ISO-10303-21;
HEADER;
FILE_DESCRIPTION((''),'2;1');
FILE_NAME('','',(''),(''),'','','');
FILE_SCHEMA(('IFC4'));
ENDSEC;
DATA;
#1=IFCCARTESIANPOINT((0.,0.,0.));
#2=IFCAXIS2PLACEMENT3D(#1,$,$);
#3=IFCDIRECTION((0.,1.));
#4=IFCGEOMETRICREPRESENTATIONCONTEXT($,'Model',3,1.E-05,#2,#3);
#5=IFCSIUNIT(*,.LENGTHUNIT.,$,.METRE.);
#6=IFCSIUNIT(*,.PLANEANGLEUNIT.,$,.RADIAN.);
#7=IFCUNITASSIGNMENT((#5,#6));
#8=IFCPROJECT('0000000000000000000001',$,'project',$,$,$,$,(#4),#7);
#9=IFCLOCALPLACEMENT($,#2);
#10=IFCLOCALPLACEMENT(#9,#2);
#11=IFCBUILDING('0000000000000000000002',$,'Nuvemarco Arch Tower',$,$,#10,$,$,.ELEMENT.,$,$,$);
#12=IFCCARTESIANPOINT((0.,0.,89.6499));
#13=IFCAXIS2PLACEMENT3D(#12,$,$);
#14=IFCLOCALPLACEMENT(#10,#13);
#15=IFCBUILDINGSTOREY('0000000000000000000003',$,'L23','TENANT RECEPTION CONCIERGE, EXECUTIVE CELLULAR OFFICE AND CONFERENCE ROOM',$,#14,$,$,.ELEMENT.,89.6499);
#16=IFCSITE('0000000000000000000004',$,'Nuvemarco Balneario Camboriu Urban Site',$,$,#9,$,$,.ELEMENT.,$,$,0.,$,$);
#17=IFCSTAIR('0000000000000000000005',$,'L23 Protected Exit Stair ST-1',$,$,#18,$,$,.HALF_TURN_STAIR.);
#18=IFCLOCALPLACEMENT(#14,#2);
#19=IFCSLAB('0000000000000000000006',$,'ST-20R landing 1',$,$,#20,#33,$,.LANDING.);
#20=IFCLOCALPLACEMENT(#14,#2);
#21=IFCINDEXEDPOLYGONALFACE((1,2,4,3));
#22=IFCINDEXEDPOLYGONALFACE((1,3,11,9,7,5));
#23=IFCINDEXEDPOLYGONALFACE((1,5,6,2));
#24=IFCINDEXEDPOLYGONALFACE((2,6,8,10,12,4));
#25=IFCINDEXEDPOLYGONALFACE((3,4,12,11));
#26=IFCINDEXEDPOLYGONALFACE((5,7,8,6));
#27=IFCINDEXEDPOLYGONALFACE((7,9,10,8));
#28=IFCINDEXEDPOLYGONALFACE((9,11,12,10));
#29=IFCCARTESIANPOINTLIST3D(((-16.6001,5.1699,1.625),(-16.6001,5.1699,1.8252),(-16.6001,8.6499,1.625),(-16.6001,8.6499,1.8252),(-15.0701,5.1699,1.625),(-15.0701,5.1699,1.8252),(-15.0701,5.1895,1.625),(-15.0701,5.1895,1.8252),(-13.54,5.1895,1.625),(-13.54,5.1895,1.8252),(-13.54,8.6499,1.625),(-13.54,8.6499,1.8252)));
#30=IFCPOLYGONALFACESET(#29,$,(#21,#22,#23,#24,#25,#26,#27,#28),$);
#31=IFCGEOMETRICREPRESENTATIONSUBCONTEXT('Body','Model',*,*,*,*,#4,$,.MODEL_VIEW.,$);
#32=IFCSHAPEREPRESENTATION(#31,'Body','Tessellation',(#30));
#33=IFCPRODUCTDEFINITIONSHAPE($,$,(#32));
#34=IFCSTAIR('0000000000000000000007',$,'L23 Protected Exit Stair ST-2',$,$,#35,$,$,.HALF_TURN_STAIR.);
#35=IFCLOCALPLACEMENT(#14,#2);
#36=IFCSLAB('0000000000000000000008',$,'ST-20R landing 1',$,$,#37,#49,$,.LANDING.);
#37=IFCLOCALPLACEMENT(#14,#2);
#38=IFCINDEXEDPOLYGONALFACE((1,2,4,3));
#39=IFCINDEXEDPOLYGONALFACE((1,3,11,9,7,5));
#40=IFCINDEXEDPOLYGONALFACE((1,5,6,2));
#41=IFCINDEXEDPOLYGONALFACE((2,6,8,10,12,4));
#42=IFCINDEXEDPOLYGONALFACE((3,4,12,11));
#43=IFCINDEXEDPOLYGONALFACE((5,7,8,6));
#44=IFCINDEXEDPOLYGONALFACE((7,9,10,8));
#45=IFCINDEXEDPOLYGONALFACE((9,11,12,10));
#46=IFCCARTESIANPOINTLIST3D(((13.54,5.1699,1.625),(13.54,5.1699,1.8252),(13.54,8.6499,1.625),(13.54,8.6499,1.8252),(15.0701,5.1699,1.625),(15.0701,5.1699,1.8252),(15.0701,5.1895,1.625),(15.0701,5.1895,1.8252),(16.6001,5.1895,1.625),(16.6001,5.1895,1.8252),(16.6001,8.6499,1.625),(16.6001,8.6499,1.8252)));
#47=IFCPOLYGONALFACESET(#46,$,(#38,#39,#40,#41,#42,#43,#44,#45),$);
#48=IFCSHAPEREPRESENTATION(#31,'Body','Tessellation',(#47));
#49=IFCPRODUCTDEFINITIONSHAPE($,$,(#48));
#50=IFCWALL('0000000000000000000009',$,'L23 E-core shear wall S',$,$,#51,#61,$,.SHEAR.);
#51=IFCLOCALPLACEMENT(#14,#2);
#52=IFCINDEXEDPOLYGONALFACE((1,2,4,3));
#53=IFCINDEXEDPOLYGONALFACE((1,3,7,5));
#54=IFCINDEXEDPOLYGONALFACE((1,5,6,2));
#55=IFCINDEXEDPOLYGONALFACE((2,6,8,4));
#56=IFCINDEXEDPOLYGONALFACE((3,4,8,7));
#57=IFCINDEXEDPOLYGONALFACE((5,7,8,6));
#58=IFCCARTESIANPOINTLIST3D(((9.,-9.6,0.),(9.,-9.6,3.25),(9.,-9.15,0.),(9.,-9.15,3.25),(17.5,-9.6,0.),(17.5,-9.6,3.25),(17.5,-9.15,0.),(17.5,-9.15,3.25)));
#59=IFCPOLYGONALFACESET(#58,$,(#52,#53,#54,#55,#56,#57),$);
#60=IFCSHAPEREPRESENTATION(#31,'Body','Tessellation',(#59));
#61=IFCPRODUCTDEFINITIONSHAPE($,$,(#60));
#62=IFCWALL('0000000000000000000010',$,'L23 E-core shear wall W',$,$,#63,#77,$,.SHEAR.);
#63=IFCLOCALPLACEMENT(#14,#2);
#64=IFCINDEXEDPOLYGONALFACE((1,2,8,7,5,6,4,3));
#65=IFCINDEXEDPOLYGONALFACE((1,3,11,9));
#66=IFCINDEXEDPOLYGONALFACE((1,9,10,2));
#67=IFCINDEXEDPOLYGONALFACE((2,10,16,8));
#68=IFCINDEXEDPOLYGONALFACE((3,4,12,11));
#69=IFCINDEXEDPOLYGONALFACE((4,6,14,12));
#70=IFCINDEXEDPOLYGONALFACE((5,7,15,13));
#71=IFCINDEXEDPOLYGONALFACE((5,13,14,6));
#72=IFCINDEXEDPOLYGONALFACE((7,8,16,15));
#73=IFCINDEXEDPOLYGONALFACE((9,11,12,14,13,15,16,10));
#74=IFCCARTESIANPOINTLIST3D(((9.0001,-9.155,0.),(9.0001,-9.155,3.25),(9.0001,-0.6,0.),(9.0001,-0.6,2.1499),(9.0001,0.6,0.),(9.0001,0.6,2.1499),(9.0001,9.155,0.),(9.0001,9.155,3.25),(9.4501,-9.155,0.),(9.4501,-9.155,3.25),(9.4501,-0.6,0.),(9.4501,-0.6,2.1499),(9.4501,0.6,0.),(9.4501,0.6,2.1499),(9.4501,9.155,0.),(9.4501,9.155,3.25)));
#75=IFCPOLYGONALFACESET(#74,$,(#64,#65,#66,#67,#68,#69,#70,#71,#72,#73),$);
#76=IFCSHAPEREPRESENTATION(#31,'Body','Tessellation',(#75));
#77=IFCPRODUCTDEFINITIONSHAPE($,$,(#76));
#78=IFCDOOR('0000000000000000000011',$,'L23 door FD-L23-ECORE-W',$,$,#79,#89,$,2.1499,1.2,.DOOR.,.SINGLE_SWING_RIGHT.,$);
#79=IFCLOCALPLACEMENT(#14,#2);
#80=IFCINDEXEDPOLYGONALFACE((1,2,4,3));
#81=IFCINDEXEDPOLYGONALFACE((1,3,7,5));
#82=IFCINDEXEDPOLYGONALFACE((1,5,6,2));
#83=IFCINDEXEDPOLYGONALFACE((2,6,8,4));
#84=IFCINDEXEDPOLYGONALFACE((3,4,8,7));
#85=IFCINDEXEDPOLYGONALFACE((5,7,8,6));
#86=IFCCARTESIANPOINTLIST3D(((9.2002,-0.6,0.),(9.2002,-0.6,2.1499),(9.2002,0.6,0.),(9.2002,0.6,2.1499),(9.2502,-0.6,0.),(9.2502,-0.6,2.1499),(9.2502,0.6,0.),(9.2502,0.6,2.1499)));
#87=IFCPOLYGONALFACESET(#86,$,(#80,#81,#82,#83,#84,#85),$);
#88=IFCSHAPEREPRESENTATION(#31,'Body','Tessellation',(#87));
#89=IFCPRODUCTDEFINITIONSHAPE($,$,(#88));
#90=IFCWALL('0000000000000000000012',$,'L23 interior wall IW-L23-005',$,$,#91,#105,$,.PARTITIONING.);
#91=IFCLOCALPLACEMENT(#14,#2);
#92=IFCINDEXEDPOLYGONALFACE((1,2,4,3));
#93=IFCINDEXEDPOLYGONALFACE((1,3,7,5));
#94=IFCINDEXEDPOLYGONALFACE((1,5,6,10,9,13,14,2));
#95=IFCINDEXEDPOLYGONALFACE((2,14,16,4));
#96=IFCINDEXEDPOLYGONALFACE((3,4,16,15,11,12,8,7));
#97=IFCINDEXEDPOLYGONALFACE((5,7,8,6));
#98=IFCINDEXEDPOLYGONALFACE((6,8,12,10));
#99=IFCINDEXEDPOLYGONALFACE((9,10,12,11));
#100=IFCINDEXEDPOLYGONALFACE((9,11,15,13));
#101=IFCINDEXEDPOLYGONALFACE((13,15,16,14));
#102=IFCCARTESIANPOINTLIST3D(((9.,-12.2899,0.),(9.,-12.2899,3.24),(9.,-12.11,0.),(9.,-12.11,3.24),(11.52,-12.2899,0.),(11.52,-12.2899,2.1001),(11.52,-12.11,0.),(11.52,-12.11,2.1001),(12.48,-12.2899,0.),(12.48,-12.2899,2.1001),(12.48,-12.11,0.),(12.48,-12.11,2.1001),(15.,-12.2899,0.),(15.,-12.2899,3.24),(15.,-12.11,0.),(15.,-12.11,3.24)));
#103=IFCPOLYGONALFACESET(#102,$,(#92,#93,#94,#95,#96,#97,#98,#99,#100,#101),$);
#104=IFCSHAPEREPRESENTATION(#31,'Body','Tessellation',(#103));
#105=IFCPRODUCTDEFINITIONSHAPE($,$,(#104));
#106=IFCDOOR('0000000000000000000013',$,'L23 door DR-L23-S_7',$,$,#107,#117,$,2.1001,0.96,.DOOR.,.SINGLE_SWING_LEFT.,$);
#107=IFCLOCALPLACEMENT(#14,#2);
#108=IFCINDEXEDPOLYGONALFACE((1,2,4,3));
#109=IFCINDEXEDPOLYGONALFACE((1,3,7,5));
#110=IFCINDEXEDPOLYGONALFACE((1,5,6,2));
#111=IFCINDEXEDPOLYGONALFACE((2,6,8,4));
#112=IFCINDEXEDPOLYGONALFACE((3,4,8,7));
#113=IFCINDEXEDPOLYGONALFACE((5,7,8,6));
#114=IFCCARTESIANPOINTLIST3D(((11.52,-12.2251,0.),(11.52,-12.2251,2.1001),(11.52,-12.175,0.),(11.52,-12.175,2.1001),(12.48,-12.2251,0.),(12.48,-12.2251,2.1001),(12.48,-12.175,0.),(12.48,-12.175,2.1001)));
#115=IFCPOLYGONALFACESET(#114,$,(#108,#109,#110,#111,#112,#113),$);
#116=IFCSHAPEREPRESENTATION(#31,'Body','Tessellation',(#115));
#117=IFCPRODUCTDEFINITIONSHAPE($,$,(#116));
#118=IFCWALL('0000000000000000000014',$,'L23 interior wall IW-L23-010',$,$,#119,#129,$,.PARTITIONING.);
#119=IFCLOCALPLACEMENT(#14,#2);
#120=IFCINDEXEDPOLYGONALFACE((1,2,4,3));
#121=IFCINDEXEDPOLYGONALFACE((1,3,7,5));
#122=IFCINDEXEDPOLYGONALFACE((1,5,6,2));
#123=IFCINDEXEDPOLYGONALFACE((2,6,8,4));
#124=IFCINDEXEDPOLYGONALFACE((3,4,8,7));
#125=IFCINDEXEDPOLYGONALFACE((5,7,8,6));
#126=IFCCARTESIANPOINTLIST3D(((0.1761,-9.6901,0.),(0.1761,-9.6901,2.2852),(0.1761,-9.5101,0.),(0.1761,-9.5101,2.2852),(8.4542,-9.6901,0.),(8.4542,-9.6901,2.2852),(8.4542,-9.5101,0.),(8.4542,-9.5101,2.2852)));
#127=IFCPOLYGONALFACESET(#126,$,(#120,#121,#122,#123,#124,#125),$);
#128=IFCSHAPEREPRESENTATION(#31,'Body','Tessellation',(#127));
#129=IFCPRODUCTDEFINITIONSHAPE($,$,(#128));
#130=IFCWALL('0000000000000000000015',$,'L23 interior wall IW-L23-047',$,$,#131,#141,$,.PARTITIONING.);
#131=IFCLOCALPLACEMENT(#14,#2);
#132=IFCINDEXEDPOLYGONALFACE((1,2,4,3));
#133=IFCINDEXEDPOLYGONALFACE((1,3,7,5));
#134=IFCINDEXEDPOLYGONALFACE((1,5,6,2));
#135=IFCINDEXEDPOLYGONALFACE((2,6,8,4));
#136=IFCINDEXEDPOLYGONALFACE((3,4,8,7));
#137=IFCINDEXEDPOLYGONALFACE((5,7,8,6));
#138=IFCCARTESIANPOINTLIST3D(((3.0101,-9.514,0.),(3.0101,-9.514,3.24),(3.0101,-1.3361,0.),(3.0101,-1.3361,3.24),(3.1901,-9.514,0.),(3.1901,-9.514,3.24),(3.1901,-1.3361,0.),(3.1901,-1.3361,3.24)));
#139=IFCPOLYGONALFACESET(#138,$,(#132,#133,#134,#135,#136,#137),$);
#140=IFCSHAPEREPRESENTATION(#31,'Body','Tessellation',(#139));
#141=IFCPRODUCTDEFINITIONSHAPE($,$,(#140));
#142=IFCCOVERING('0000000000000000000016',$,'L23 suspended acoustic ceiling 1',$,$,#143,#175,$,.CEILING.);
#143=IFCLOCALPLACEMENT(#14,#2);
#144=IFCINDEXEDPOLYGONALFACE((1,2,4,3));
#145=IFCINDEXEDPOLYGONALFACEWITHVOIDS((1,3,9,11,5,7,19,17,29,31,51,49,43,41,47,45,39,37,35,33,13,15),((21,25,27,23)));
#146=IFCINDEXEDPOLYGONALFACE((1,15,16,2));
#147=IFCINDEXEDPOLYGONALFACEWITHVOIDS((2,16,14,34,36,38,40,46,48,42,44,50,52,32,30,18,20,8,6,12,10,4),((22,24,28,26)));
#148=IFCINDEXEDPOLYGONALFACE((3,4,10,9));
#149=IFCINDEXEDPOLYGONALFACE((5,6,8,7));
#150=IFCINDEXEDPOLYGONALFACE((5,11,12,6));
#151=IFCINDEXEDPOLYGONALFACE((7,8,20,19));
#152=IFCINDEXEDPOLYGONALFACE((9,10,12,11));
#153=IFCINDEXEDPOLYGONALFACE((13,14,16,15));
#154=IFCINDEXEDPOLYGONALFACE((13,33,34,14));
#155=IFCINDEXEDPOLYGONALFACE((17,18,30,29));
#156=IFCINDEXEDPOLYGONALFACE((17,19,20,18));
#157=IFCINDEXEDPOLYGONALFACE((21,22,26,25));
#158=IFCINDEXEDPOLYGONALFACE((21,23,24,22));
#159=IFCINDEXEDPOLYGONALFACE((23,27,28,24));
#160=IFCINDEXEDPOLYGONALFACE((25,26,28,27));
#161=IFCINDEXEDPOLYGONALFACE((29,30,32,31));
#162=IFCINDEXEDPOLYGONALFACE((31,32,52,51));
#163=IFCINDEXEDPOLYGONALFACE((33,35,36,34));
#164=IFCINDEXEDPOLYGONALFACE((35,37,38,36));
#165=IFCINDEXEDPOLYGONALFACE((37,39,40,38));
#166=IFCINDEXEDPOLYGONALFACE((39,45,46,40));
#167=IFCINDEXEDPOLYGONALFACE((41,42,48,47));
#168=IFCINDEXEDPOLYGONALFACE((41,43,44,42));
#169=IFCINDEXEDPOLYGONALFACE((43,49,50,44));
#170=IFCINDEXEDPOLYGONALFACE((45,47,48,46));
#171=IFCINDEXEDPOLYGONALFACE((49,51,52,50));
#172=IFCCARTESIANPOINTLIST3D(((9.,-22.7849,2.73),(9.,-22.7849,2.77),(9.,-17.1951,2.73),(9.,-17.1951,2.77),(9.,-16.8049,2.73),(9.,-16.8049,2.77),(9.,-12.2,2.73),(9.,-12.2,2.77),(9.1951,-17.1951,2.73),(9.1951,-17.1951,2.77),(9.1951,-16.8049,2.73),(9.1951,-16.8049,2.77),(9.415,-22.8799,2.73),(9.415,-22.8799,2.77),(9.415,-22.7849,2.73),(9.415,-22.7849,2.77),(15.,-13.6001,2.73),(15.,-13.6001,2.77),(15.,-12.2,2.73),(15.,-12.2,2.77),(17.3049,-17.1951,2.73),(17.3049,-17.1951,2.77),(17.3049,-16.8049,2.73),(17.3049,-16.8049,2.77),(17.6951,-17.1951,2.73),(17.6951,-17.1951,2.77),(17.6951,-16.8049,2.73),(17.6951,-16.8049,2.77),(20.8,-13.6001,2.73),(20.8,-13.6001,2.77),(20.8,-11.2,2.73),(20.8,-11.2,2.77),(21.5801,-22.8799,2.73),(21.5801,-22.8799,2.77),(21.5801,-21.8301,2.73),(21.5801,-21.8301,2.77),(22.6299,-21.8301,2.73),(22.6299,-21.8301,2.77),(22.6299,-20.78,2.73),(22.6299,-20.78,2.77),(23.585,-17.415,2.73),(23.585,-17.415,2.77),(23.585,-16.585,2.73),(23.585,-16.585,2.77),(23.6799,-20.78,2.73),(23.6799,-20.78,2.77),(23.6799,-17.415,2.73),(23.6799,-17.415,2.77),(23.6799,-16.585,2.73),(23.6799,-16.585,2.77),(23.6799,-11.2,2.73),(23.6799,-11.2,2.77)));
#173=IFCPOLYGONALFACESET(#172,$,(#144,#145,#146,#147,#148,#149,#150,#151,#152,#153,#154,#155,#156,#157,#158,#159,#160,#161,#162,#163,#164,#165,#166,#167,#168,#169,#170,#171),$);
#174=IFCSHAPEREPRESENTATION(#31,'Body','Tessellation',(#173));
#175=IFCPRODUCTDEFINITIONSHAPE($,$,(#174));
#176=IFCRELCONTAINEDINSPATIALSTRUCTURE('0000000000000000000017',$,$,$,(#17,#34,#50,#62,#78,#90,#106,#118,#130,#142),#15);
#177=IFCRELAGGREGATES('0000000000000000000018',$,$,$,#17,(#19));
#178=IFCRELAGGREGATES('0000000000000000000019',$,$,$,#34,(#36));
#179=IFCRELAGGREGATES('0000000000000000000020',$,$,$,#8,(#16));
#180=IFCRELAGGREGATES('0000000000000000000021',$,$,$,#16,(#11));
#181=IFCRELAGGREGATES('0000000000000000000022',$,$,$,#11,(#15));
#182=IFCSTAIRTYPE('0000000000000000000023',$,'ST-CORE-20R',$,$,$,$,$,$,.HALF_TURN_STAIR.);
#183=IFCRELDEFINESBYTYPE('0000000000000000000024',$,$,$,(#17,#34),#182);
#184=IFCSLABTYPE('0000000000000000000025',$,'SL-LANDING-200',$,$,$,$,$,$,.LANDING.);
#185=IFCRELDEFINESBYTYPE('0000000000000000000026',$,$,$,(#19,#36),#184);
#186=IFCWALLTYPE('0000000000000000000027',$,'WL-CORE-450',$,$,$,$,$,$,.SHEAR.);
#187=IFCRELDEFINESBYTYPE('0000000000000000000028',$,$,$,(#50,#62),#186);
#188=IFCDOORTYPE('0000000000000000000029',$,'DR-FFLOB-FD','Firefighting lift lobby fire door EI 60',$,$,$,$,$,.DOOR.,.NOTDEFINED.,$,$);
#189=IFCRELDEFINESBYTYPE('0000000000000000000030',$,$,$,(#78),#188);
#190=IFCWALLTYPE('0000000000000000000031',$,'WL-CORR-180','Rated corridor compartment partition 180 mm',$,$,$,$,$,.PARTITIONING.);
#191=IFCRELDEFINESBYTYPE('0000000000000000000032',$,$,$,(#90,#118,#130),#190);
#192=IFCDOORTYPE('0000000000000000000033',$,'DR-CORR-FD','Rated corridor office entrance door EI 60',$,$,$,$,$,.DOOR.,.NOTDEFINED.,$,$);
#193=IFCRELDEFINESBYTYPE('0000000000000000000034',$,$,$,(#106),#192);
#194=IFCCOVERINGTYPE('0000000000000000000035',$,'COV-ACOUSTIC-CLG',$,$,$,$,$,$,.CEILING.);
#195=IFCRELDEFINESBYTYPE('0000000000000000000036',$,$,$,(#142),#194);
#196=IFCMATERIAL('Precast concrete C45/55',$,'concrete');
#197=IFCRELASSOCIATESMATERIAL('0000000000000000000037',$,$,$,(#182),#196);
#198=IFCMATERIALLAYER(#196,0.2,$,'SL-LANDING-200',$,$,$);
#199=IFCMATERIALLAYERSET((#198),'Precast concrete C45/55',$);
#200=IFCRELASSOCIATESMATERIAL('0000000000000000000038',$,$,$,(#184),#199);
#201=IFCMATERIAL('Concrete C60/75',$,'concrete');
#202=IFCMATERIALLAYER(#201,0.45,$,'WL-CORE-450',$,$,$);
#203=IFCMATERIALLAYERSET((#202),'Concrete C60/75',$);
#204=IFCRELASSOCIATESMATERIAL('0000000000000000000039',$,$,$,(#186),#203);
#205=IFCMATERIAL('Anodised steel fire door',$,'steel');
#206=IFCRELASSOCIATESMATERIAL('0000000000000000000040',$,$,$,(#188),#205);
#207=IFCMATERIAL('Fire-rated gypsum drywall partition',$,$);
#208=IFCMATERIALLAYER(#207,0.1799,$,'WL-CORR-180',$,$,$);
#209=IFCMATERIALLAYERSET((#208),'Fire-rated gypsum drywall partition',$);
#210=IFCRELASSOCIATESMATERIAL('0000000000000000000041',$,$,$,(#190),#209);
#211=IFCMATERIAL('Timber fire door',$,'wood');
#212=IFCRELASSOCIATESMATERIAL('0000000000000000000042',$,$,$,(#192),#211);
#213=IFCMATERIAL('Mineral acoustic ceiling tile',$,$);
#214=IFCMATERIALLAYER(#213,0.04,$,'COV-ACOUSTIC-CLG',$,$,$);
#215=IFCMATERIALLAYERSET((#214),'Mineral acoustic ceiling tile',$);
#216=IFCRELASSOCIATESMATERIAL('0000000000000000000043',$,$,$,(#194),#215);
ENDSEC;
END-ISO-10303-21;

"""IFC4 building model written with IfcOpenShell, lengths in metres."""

from ifc_helpers import new_model, si_unit, direction, frame, frame_2d, origin, place, context, subcontext, project, spatial, polyline, rectangle, outline, extrude, source, transform, mapped, material, layer, layer_set, type_object, type_shapes, element, fill, aggregate, save


model = new_model("IFC4")

# Units and contexts
model_context = context("Model", 3, precision=1e-05, world=origin(), true_north=direction((0.0, 1.0)))
body_context = subcontext(model_context, "Body", "Model", "MODEL_VIEW")
ifc_project = project(units=[si_unit("LENGTHUNIT", "METRE"), si_unit("PLANEANGLEUNIT", "RADIAN")], contexts=[model_context])

# Site, building, storey
site_placement = place(None, origin())
site = spatial("IfcSite", under=ifc_project, at=site_placement, Name="Nuvemarco Balneario Camboriu Urban Site", CompositionType="ELEMENT", RefElevation=0.0)
building_placement = place(site_placement, origin())
building = spatial("IfcBuilding", under=site, at=building_placement, Name="Nuvemarco Arch Tower", CompositionType="ELEMENT")
storey_placement = place(building_placement, frame((0.0, 0.0, 89.6499)))
storey = spatial("IfcBuildingStorey", under=building, at=storey_placement, Name="L23", Description="TENANT RECEPTION CONCIERGE, EXECUTIVE CELLULAR OFFICE AND CONFERENCE ROOM", CompositionType="ELEMENT", Elevation=89.6499)

# Shared definitions
ifc_material_1 = material(Name="Concrete C60/75", Category="concrete")

# Stairs, slabs
ifc_material_2 = material(Name="Precast concrete C45/55", Category="concrete")
stair_type = type_object("IfcStairType", Name="ST-CORE-20R", PredefinedType="HALF_TURN_STAIR", material=ifc_material_2)
stair_1_placement = place(storey_placement, origin())
stair_1 = element("IfcStair", 1, at=stair_1_placement, inside=storey, type_object=stair_type, Name="L23 Protected Exit Stair ST-1", PredefinedType="HALF_TURN_STAIR")
ifc_layer_1 = layer(ifc_material_2, 0.2, Name="SL-LANDING-200")
ifc_layer_set_1 = layer_set([ifc_layer_1], Name="Precast concrete C45/55")
slab_type = type_object("IfcSlabType", Name="SL-LANDING-200", PredefinedType="LANDING", material=ifc_layer_set_1)
slab_1_placement = place(storey_placement, frame((0.0, 0.0, 1.625)))
slab_1 = element("IfcSlab", 2, at=slab_1_placement, type_object=slab_type, Name="ST-20R landing 1", PredefinedType="LANDING", context=body_context, shape_type="SweptSolid", body=[
    extrude(outline(polyline([(-13.54, 5.1895), (-13.54, 8.6499), (-16.6001, 8.6499), (-16.6001, 5.1699), (-15.0701, 5.1699), (-15.0701, 5.1895), (-13.54, 5.1895)])), origin(), (0.0, 0.0, 1.0), 0.2002),
])
aggregate(stair_1, [slab_1])
stair_2_placement = place(storey_placement, origin())
stair_2 = element("IfcStair", 3, at=stair_2_placement, inside=storey, type_object=stair_type, Name="L23 Protected Exit Stair ST-2", PredefinedType="HALF_TURN_STAIR")
slab_2_placement = place(storey_placement, frame((0.0, 0.0, 1.625)))
slab_2 = element("IfcSlab", 4, at=slab_2_placement, type_object=slab_type, Name="ST-20R landing 1", PredefinedType="LANDING", context=body_context, shape_type="SweptSolid", body=[
    extrude(outline(polyline([(16.6001, 5.1895), (16.6001, 8.6499), (13.54, 8.6499), (13.54, 5.1699), (15.0701, 5.1699), (15.0701, 5.1895), (16.6001, 5.1895)])), origin(), (0.0, 0.0, 1.0), 0.2002),
])
aggregate(stair_2, [slab_2])

# Wall
ifc_layer_2 = layer(ifc_material_1, 0.45, Name="WL-CORE-450")
ifc_layer_set_2 = layer_set([ifc_layer_2], Name="Concrete C60/75")
wall_type_1 = type_object("IfcWallType", Name="WL-CORE-450", PredefinedType="SHEAR", material=ifc_layer_set_2)
wall_1_placement = place(storey_placement, frame((9.0, -9.375, 0.0), z_axis=(0.0, 0.0, 1.0), x_axis=(1.0, 0.0, 0.0)))
element("IfcWall", 5, at=wall_1_placement, inside=storey, type_object=wall_type_1, Name="L23 E-core shear wall S", PredefinedType="SHEAR", context=body_context, shape_type="SweptSolid", body=[
    extrude(rectangle(XDim=8.5, YDim=0.45, at=frame_2d((4.25, 0.0))), origin(), (0.0, 0.0, 1.0), 3.25),
])

# Walls, openings, doors
wall_2_placement = place(storey_placement, frame((9.2251, -9.155, 0.0), z_axis=(0.0, 0.0, 1.0), x_axis=(0.0, 1.0, 0.0)))
wall_2 = element("IfcWall", 6, at=wall_2_placement, inside=storey, type_object=wall_type_1, Name="L23 E-core shear wall W", PredefinedType="SHEAR", context=body_context, shape_type="SweptSolid", body=[
    extrude(rectangle(XDim=18.3101, YDim=0.45, at=frame_2d((9.155, 0.0))), origin(), (0.0, 0.0, 1.0), 3.25),
])
opening_1_placement = place(wall_2_placement, frame((8.5549, 0.0, 0.0)))
opening_1 = element("IfcOpeningElement", 7, at=opening_1_placement, cuts=wall_2, PredefinedType="OPENING", context=body_context, shape_type="SweptSolid", body=[
    extrude(rectangle(XDim=1.2, YDim=2.1499, at=frame_2d((0.6001, 1.075))), frame((0.0, 0.2349, 0.0), z_axis=(0.0, -1.0, 0.0), x_axis=(1.0, 0.0, 0.0)), (0.0, 0.0, 1.0), 0.47),
])
ifc_material_3 = material(Name="Anodised steel fire door", Category="steel")
door_type_1 = type_object("IfcDoorType", Name="DR-FFLOB-FD", Description="Firefighting lift lobby fire door EI 60", OperationType="NOTDEFINED", PredefinedType="DOOR", material=ifc_material_3)
shared_shape_1 = source(origin(), body_context, "Body", "SweptSolid", [
    extrude(rectangle(XDim=1.2, YDim=2.1499, at=frame_2d((0.6001, 1.075))), frame((0.0, 0.0249, 0.0), z_axis=(0.0, -1.0, 0.0), x_axis=(1.0, 0.0, 0.0)), (0.0, 0.0, 1.0), 0.05),
])
type_shapes(door_type_1, [shared_shape_1])
door_1_placement = place(opening_1_placement, origin())
door_1 = element("IfcDoor", 8, at=door_1_placement, inside=storey, type_object=door_type_1, Name="L23 door FD-L23-ECORE-W", OperationType="SINGLE_SWING_RIGHT", OverallHeight=2.1499, OverallWidth=1.2, PredefinedType="DOOR", context=body_context, shape_type="MappedRepresentation", body=[
    mapped(shared_shape_1, transform((0.0, 0.0, 0.0), scale=1.0)),
])
fill(opening_1, door_1)
ifc_material_4 = material(Name="Fire-rated gypsum drywall partition")
ifc_layer_3 = layer(ifc_material_4, 0.1799, Name="WL-CORR-180")
ifc_layer_set_3 = layer_set([ifc_layer_3], Name="Fire-rated gypsum drywall partition")
wall_type_2 = type_object("IfcWallType", Name="WL-CORR-180", Description="Rated corridor compartment partition 180 mm", PredefinedType="PARTITIONING", material=ifc_layer_set_3)
wall_3_placement = place(storey_placement, frame((9.0, -12.2, 0.0), z_axis=(0.0, 0.0, 1.0), x_axis=(1.0, 0.0, 0.0)))
wall_3 = element("IfcWall", 9, at=wall_3_placement, inside=storey, type_object=wall_type_2, Name="L23 interior wall IW-L23-005", PredefinedType="PARTITIONING", context=body_context, shape_type="SweptSolid", body=[
    extrude(rectangle(XDim=6.0, YDim=0.1799, at=frame_2d((3.0, 0.0))), origin(), (0.0, 0.0, 1.0), 3.24),
])
opening_2_placement = place(wall_3_placement, frame((2.52, 0.0, 0.0)))
opening_2 = element("IfcOpeningElement", 10, at=opening_2_placement, cuts=wall_3, PredefinedType="OPENING", context=body_context, shape_type="SweptSolid", body=[
    extrude(rectangle(XDim=0.96, YDim=2.1001, at=frame_2d((0.48, 1.05))), frame((0.0, 0.0999, 0.0), z_axis=(0.0, -1.0, 0.0), x_axis=(1.0, 0.0, 0.0)), (0.0, 0.0, 1.0), 0.2),
])
ifc_material_5 = material(Name="Timber fire door", Category="wood")
door_type_2 = type_object("IfcDoorType", Name="DR-CORR-FD", Description="Rated corridor office entrance door EI 60", OperationType="NOTDEFINED", PredefinedType="DOOR", material=ifc_material_5)
shared_shape_2 = source(origin(), body_context, "Body", "SweptSolid", [
    extrude(rectangle(XDim=0.96, YDim=2.1001, at=frame_2d((0.48, 1.05))), frame((0.0, 0.0249, 0.0), z_axis=(0.0, -1.0, 0.0), x_axis=(1.0, 0.0, 0.0)), (0.0, 0.0, 1.0), 0.05),
])
type_shapes(door_type_2, [shared_shape_2])
door_2_placement = place(opening_2_placement, origin())
door_2 = element("IfcDoor", 11, at=door_2_placement, inside=storey, type_object=door_type_2, Name="L23 door DR-L23-S_7", OperationType="SINGLE_SWING_LEFT", OverallHeight=2.1001, OverallWidth=0.96, PredefinedType="DOOR", context=body_context, shape_type="MappedRepresentation", body=[
    mapped(shared_shape_2, transform((0.0, 0.0, 0.0), scale=1.0)),
])
fill(opening_2, door_2)

# Walls
wall_4_placement = place(storey_placement, frame((0.176, -9.6001, 0.0), z_axis=(0.0, 0.0, 1.0), x_axis=(1.0, 0.0, 0.0)))
element("IfcWall", 12, at=wall_4_placement, inside=storey, type_object=wall_type_2, Name="L23 interior wall IW-L23-010", PredefinedType="PARTITIONING", context=body_context, shape_type="SweptSolid", body=[
    extrude(rectangle(XDim=8.2781, YDim=0.1799, at=frame_2d((4.1392, 0.0))), origin(), (0.0, 0.0, 1.0), 2.2852),
])
wall_5_placement = place(storey_placement, frame((3.1001, -9.5139, 0.0), z_axis=(0.0, 0.0, 1.0), x_axis=(0.0, 1.0, 0.0)))
element("IfcWall", 13, at=wall_5_placement, inside=storey, type_object=wall_type_2, Name="L23 interior wall IW-L23-047", PredefinedType="PARTITIONING", context=body_context, shape_type="SweptSolid", body=[
    extrude(rectangle(XDim=8.178, YDim=0.1799, at=frame_2d((4.0889, 0.0))), origin(), (0.0, 0.0, 1.0), 3.24),
])

# Covering
ifc_material_6 = material(Name="Mineral acoustic ceiling tile")
ifc_layer_4 = layer(ifc_material_6, 0.04, Name="COV-ACOUSTIC-CLG")
ifc_layer_set_4 = layer_set([ifc_layer_4], Name="Mineral acoustic ceiling tile")
covering_type = type_object("IfcCoveringType", Name="COV-ACOUSTIC-CLG", PredefinedType="CEILING", material=ifc_layer_set_4)
covering_1_placement = place(storey_placement, frame((0.0, 0.0, 2.73)))
element("IfcCovering", 14, at=covering_1_placement, inside=storey, type_object=covering_type, Name="L23 suspended acoustic ceiling 1", PredefinedType="CEILING", context=body_context, shape_type="SweptSolid", body=[
    extrude(outline(polyline([(21.5801, -22.8799), (9.415, -22.8799), (9.415, -22.7849), (9.0, -22.7849), (9.0, -17.1951), (9.1951, -17.1951), (9.1951, -16.8049), (9.0, -16.8049), (9.0, -12.2), (15.0, -12.2), (15.0, -13.6001), (20.8, -13.6001), (20.8, -11.2), (23.6799, -11.2), (23.6799, -16.585), (23.585, -16.585), (23.585, -17.415), (23.6799, -17.415), (23.6799, -20.78), (22.6299, -20.78), (22.6299, -21.8301), (21.5801, -21.8301), (21.5801, -22.8799)]), holes=[polyline([(17.6951, -17.1951), (17.6951, -16.8049), (17.3049, -16.8049), (17.3049, -17.1951), (17.6951, -17.1951)])]), origin(), (0.0, 0.0, 1.0), 0.04),
])

save(model, "model.ifc")
